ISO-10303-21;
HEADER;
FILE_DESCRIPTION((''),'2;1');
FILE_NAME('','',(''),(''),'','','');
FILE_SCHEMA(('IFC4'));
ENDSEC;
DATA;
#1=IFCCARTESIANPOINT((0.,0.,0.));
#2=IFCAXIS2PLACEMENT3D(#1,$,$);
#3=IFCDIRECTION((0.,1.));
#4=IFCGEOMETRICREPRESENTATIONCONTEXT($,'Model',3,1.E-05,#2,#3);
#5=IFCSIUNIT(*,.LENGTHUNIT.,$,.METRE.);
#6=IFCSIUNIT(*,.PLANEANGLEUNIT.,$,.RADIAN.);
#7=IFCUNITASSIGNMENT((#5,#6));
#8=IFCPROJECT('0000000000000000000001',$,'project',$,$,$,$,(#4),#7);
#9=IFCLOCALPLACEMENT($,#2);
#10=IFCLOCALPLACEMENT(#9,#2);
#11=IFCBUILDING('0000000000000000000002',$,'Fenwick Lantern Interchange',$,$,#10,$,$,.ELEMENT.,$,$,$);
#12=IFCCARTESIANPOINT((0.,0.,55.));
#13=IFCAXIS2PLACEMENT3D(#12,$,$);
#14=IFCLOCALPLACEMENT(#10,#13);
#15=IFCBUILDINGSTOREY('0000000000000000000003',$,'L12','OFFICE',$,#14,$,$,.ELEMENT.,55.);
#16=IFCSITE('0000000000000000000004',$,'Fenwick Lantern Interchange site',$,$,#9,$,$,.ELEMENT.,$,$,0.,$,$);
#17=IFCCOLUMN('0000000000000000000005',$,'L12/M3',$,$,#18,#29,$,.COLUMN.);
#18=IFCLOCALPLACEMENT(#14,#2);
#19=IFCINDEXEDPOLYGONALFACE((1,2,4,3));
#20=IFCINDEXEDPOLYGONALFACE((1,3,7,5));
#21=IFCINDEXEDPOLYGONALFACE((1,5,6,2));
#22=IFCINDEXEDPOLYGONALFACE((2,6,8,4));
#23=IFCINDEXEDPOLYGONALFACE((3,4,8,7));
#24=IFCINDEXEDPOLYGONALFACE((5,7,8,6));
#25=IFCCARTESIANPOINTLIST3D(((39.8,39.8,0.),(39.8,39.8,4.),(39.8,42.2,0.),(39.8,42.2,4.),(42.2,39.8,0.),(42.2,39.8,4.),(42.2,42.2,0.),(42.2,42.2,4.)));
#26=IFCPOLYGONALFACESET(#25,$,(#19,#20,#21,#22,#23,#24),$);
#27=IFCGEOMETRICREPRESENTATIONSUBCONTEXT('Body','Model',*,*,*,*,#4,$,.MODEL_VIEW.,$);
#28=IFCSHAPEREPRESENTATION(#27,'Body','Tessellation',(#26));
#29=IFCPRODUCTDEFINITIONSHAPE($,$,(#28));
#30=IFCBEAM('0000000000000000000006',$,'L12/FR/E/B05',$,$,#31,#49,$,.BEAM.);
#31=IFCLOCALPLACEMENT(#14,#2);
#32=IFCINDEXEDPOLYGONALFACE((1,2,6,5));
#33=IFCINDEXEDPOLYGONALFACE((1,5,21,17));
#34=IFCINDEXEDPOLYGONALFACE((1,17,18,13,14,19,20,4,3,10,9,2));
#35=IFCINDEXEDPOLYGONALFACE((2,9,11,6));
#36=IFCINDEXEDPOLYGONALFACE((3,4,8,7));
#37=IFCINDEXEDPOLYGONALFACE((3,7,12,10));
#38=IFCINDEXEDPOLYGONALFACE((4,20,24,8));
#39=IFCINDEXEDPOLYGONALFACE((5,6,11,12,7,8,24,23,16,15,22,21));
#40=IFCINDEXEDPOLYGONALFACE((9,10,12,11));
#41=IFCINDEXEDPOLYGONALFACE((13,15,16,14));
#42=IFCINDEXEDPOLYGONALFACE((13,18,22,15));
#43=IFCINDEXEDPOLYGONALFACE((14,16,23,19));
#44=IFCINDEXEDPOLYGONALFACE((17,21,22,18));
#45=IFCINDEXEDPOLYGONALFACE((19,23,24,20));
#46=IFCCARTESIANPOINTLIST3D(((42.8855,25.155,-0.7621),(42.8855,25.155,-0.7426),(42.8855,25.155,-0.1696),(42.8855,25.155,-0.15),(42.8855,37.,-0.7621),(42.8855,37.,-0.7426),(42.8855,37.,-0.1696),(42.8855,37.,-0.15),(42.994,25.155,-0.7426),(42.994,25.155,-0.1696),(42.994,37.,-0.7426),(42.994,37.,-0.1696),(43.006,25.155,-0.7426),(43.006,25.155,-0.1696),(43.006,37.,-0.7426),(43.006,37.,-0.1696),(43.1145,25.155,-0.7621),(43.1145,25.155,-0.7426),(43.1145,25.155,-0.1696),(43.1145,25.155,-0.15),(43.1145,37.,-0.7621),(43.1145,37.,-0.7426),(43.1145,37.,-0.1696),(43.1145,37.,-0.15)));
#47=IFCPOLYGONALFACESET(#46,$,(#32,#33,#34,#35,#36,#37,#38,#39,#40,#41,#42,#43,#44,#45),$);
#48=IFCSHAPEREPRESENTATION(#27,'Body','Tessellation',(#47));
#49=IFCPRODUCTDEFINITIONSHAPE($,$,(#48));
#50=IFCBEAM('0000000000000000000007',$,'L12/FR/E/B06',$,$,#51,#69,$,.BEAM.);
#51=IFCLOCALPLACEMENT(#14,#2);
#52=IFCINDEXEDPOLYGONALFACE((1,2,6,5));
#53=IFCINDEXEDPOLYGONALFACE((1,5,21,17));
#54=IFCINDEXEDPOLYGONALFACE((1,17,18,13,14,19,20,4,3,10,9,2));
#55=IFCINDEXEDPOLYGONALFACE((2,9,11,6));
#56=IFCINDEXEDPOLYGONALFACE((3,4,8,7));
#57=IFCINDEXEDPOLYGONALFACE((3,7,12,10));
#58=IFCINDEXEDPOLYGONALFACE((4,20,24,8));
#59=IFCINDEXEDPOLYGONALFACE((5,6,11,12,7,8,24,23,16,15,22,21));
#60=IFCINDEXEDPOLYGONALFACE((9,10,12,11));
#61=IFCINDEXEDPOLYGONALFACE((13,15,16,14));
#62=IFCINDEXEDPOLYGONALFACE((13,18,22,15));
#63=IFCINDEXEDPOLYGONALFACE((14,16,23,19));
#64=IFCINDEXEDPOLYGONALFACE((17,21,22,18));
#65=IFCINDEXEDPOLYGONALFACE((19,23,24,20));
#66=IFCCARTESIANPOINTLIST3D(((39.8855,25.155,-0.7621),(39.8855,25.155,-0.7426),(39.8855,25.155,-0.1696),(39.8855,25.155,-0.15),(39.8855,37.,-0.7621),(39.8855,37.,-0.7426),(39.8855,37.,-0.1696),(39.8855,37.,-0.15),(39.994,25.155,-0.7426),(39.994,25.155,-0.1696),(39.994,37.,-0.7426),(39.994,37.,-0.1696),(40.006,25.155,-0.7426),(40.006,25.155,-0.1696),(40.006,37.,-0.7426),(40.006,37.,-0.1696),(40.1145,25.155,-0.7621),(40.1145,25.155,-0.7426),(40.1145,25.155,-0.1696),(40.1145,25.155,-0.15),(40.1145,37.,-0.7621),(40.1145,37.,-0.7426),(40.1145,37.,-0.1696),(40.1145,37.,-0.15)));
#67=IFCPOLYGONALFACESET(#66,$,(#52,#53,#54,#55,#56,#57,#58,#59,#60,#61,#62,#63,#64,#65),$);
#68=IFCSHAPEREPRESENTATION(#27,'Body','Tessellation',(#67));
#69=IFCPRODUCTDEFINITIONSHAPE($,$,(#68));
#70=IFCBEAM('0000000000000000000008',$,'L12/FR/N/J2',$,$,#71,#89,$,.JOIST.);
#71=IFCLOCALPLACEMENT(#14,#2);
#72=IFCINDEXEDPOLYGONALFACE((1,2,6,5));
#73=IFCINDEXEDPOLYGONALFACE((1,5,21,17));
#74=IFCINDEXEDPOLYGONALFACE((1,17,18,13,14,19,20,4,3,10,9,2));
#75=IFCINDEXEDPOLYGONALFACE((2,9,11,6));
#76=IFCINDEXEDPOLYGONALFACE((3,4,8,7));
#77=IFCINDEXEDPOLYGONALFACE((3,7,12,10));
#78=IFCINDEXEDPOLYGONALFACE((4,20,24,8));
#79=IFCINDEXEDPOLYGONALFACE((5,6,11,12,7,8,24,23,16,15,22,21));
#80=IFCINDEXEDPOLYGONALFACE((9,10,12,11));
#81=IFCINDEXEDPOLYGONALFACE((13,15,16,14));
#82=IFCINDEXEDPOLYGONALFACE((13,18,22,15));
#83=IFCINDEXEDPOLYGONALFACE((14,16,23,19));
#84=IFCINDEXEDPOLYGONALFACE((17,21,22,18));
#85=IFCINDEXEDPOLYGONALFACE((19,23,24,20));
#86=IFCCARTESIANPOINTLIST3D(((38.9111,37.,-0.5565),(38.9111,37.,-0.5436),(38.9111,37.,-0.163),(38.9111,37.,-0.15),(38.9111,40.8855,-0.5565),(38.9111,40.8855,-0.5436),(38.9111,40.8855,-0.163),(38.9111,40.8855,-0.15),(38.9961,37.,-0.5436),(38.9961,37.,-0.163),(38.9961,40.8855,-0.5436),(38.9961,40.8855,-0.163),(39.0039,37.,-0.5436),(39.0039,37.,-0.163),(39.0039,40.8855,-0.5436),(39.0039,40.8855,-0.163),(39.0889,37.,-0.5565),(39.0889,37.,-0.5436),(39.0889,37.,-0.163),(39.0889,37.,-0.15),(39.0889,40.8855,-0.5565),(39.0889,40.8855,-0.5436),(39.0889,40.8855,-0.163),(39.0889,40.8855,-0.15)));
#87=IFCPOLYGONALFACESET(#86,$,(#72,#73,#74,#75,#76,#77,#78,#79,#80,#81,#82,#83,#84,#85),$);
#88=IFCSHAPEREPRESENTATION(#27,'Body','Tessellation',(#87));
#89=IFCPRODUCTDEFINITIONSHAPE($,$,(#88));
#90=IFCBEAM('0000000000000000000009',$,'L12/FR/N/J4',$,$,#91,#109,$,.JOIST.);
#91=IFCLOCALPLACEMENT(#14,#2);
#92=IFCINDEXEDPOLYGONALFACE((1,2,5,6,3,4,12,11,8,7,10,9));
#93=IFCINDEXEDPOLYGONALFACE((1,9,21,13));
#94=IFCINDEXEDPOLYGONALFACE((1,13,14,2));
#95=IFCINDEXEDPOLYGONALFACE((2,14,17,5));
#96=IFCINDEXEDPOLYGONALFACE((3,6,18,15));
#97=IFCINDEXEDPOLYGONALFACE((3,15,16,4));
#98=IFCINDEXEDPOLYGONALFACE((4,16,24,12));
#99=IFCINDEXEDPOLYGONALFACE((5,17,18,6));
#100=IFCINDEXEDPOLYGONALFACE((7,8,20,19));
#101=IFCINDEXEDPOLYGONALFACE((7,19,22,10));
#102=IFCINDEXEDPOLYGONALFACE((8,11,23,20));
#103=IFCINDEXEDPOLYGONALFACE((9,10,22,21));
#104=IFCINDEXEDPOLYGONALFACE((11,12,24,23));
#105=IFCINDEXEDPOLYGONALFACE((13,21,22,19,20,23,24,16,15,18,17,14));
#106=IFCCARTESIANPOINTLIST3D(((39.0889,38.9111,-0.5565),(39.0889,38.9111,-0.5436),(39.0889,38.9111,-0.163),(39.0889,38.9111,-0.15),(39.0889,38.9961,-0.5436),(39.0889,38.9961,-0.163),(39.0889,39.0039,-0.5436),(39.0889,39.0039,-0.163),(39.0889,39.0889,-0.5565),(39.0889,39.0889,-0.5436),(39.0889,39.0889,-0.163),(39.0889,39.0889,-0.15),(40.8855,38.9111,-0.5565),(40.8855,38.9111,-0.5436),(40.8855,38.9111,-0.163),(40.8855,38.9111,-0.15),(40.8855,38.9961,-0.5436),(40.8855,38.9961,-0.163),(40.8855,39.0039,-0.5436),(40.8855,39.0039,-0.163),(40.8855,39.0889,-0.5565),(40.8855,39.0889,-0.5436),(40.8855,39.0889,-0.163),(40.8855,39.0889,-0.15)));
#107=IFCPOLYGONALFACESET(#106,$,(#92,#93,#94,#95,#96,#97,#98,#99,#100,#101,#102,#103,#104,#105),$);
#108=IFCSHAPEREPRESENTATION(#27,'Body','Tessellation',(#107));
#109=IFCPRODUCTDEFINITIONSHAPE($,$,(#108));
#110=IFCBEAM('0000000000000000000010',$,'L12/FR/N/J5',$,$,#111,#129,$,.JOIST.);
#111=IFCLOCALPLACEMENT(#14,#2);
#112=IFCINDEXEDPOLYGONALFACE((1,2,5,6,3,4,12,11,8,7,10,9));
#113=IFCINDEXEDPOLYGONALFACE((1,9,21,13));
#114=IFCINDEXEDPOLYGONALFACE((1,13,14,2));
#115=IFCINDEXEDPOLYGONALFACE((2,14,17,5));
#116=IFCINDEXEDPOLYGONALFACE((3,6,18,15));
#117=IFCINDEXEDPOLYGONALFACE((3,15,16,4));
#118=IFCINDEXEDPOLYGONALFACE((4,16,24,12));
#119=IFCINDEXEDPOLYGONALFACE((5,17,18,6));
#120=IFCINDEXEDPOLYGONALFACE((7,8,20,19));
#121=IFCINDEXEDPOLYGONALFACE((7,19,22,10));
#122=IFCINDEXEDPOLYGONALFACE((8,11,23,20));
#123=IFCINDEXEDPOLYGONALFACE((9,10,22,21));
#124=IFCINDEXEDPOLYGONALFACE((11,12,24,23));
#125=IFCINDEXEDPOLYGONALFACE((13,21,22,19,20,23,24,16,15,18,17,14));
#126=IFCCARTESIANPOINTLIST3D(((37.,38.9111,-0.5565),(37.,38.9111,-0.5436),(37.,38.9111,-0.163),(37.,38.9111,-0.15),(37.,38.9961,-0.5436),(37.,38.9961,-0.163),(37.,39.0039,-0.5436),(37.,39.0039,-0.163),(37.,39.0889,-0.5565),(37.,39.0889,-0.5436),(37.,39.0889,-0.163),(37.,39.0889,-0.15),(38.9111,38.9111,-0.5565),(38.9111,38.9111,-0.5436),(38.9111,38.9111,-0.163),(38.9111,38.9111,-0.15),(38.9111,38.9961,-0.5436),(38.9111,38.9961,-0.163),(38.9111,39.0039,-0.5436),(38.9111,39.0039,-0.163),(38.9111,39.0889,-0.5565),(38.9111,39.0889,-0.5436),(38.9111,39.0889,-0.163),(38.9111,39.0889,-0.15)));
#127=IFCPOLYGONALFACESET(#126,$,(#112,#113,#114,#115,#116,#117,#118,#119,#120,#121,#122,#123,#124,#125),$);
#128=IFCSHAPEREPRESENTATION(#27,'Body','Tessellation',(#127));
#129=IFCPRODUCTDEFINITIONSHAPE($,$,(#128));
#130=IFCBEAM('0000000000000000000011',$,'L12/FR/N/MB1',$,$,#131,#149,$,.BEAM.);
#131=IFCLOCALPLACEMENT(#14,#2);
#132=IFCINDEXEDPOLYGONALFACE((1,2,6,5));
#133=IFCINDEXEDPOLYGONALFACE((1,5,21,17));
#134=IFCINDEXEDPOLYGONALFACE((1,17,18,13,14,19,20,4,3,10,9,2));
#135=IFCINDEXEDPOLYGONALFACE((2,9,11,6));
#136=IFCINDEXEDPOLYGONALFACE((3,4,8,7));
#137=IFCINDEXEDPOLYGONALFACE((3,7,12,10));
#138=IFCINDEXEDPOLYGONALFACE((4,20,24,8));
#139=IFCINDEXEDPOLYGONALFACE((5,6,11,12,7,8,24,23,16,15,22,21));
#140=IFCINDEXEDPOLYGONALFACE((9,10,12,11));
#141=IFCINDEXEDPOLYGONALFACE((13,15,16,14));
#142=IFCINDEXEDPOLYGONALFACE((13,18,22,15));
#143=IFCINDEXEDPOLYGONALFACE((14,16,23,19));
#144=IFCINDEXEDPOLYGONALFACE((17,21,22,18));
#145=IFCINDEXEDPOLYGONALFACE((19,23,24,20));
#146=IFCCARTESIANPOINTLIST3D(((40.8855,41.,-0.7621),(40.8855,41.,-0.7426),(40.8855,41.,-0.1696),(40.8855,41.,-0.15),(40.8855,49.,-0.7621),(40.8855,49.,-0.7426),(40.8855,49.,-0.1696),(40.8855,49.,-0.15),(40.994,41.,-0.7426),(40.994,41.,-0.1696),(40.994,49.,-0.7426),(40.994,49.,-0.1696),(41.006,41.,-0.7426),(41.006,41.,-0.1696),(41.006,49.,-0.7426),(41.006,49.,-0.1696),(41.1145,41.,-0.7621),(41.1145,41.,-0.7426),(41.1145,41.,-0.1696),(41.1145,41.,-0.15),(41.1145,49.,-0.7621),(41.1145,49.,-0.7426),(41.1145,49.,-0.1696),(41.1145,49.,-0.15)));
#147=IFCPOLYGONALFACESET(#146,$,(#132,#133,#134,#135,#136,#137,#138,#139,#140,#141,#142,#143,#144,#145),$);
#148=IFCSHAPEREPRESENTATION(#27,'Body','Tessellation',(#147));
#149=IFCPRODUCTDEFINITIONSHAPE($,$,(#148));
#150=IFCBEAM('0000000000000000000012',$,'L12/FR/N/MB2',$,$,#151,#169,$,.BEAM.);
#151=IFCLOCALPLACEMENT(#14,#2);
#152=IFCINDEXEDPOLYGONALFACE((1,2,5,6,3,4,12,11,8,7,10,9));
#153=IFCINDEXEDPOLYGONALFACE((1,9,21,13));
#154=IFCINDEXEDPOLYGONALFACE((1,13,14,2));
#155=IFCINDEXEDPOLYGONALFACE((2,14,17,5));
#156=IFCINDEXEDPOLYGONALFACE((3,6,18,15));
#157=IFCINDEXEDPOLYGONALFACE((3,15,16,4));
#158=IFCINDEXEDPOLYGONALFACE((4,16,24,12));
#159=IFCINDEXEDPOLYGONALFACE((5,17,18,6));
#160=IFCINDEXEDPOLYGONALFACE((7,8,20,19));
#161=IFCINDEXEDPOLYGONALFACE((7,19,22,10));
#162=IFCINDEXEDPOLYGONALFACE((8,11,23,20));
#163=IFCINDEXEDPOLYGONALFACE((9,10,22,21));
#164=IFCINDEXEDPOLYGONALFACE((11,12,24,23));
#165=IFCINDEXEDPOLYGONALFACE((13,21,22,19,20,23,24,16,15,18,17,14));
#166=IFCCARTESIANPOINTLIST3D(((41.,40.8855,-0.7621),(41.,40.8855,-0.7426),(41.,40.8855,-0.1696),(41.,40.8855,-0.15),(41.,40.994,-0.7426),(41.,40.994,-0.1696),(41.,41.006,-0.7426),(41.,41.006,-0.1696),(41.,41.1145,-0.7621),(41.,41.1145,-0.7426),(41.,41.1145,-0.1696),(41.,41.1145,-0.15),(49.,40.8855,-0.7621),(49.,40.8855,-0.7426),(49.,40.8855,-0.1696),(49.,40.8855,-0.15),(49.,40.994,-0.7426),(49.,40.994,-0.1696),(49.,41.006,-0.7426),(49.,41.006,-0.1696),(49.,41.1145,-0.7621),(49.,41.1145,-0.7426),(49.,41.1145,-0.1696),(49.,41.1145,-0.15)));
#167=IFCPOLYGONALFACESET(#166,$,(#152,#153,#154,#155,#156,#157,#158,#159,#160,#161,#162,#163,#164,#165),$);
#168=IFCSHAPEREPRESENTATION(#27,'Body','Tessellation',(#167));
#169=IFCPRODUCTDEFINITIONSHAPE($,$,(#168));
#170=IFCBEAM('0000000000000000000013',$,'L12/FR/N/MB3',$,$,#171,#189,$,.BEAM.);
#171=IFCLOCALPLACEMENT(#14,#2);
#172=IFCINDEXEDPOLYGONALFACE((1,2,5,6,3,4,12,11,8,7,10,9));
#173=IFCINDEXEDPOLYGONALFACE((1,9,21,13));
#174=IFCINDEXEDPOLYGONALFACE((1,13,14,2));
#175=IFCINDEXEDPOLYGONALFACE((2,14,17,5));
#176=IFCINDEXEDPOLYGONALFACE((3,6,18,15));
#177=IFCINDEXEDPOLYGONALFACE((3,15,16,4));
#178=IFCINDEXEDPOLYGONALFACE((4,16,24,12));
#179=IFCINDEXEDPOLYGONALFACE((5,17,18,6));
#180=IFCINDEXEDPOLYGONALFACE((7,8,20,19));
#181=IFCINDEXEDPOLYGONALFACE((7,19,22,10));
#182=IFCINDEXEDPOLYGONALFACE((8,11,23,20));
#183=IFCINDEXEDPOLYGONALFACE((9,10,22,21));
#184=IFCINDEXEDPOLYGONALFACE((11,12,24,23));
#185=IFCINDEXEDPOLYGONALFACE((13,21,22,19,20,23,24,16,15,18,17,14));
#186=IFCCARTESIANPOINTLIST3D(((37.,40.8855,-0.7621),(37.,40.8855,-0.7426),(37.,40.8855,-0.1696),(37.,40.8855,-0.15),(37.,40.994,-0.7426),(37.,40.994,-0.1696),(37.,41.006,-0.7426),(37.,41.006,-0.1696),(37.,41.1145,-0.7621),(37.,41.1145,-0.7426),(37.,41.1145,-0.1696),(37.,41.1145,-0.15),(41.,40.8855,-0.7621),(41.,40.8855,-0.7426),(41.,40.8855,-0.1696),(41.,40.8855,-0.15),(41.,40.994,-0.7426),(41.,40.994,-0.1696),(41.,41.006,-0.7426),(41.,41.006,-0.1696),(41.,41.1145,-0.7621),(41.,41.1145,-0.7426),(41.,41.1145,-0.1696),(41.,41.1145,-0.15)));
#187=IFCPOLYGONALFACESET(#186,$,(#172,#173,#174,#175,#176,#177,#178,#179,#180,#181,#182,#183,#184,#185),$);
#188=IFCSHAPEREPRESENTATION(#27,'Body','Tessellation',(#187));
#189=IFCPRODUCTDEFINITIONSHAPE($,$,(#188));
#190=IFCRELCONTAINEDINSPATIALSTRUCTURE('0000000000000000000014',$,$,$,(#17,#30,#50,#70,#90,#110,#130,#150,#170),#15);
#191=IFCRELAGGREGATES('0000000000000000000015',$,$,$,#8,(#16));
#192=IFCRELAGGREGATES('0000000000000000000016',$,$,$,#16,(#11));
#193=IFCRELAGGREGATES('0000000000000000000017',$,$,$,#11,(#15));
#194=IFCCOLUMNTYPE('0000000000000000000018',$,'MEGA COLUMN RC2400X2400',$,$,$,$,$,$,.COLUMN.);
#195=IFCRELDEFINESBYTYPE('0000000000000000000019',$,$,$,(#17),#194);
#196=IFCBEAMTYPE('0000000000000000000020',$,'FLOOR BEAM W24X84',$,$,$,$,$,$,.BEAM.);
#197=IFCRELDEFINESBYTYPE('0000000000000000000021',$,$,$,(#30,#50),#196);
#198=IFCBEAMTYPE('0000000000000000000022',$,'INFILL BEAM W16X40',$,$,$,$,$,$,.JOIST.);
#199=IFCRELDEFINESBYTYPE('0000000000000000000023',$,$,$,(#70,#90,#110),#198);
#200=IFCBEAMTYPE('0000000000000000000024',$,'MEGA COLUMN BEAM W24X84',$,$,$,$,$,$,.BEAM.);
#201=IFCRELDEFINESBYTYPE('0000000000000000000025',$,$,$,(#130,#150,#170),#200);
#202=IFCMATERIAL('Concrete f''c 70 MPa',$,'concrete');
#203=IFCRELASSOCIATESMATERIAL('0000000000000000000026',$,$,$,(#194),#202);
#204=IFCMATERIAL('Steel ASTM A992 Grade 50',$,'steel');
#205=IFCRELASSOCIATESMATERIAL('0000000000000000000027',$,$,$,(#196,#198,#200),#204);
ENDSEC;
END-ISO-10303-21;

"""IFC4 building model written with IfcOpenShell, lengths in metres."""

from ifc_helpers import new_model, si_unit, direction, frame, origin, origin_2d, place, context, subcontext, project, spatial, rectangle, i_section, extrude, material, material_profile, profile_set, type_object, element, save


model = new_model("IFC4")

# Units and contexts
model_context = context("Model", 3, precision=1e-05, world=origin(), true_north=direction((0.0, 1.0)))
body_context = subcontext(model_context, "Body", "Model", "MODEL_VIEW")
ifc_project = project(units=[si_unit("LENGTHUNIT", "METRE"), si_unit("PLANEANGLEUNIT", "RADIAN")], contexts=[model_context])

# Site, building, storey
site_placement = place(None, origin())
site = spatial("IfcSite", under=ifc_project, at=site_placement, Name="Fenwick Lantern Interchange site", CompositionType="ELEMENT", RefElevation=0.0)
building_placement = place(site_placement, origin())
building = spatial("IfcBuilding", under=site, at=building_placement, Name="Fenwick Lantern Interchange", CompositionType="ELEMENT")
storey_placement = place(building_placement, frame((0.0, 0.0, 55.0)))
storey = spatial("IfcBuildingStorey", under=building, at=storey_placement, Name="L12", Description="OFFICE", CompositionType="ELEMENT", Elevation=55.0)

# Column
ifc_material_1 = material(Name="Concrete f'c 70 MPa", Category="concrete")
ifc_material_profile_1 = material_profile(ifc_material_1, rectangle(XDim=2.3999, YDim=2.3999, at=origin_2d()), Name="RC2400X2400")
ifc_profile_set_1 = profile_set([ifc_material_profile_1], Name="Concrete f'c 70 MPa")
column_type = type_object("IfcColumnType", Name="MEGA COLUMN RC2400X2400", PredefinedType="COLUMN", material=ifc_profile_set_1)
column_placement = place(storey_placement, frame((41.0, 41.0, 0.0), z_axis=(0.0, 0.0, 1.0), x_axis=(1.0, 0.0, 0.0)))
element("IfcColumn", 1, at=column_placement, inside=storey, type_object=column_type, Name="L12/M3", PredefinedType="COLUMN", context=body_context, shape_type="SweptSolid", body=[
    extrude(rectangle(XDim=2.3999, YDim=2.3999, at=origin_2d()), origin(), (0.0, 0.0, 1.0), 4.0),
])

# Beams
ifc_material_2 = material(Name="Steel ASTM A992 Grade 50", Category="steel")
ifc_material_profile_2 = material_profile(ifc_material_2, i_section(OverallWidth=0.229, OverallDepth=0.6121, WebThickness=0.012, FlangeThickness=0.0195, at=origin_2d()), Name="W24X84")
ifc_profile_set_2 = profile_set([ifc_material_profile_2], Name="Steel ASTM A992 Grade 50")
beam_type_1 = type_object("IfcBeamType", Name="FLOOR BEAM W24X84", PredefinedType="BEAM", material=ifc_profile_set_2)
for number, where, z_axis, x_axis, name in (
    (2, (43.0, 25.155, -0.4561), (0.0, 1.0, 0.0), (-1.0, 0.0, 0.0), "L12/FR/E/B05"),
    (3, (40.0, 25.155, -0.4561), (0.0, 1.0, 0.0), (-1.0, 0.0, 0.0), "L12/FR/E/B06"),
):
    element("IfcBeam", number, at=place(storey_placement, frame(where, z_axis=z_axis, x_axis=x_axis)), inside=storey, type_object=beam_type_1, Name=name, PredefinedType="BEAM", context=body_context, shape_type="SweptSolid", body=[
        extrude(i_section(OverallWidth=0.229, OverallDepth=0.6121, WebThickness=0.012, FlangeThickness=0.0195, at=origin_2d()), origin(), (0.0, 0.0, 1.0), 11.845),
    ])
ifc_material_profile_3 = material_profile(ifc_material_2, i_section(OverallWidth=0.1777, OverallDepth=0.4065, WebThickness=0.0078, FlangeThickness=0.0129, at=origin_2d()), Name="W16X40")
ifc_profile_set_3 = profile_set([ifc_material_profile_3], Name="Steel ASTM A992 Grade 50")
beam_type_2 = type_object("IfcBeamType", Name="INFILL BEAM W16X40", PredefinedType="JOIST", material=ifc_profile_set_3)
beam_1_placement = place(storey_placement, frame((39.0, 40.8855, -0.3533), z_axis=(0.0, -1.0, 0.0), x_axis=(1.0, 0.0, 0.0)))
element("IfcBeam", 4, at=beam_1_placement, inside=storey, type_object=beam_type_2, Name="L12/FR/N/J2", PredefinedType="JOIST", context=body_context, shape_type="SweptSolid", body=[
    extrude(i_section(OverallWidth=0.1777, OverallDepth=0.4065, WebThickness=0.0078, FlangeThickness=0.0129, at=origin_2d()), origin(), (0.0, 0.0, 1.0), 3.8855),
])
beam_2_placement = place(storey_placement, frame((40.8855, 39.0, -0.3533), z_axis=(-1.0, 0.0, 0.0), x_axis=(0.0, -1.0, 0.0)))
element("IfcBeam", 5, at=beam_2_placement, inside=storey, type_object=beam_type_2, Name="L12/FR/N/J4", PredefinedType="JOIST", context=body_context, shape_type="SweptSolid", body=[
    extrude(i_section(OverallWidth=0.1777, OverallDepth=0.4065, WebThickness=0.0078, FlangeThickness=0.0129, at=origin_2d()), origin(), (0.0, 0.0, 1.0), 1.7966),
])
beam_3_placement = place(storey_placement, frame((38.9111, 39.0, -0.3533), z_axis=(-1.0, 0.0, 0.0), x_axis=(0.0, -1.0, 0.0)))
element("IfcBeam", 6, at=beam_3_placement, inside=storey, type_object=beam_type_2, Name="L12/FR/N/J5", PredefinedType="JOIST", context=body_context, shape_type="SweptSolid", body=[
    extrude(i_section(OverallWidth=0.1777, OverallDepth=0.4065, WebThickness=0.0078, FlangeThickness=0.0129, at=origin_2d()), origin(), (0.0, 0.0, 1.0), 1.9111),
])
ifc_material_profile_4 = material_profile(ifc_material_2, i_section(OverallWidth=0.229, OverallDepth=0.6121, WebThickness=0.012, FlangeThickness=0.0195, at=origin_2d()), Name="W24X84")
ifc_profile_set_4 = profile_set([ifc_material_profile_4], Name="Steel ASTM A992 Grade 50")
beam_type_3 = type_object("IfcBeamType", Name="MEGA COLUMN BEAM W24X84", PredefinedType="BEAM", material=ifc_profile_set_4)
for number, where, z_axis, x_axis, name in (
    (7, (41.0, 41.0, -0.4561), (0.0, 1.0, 0.0), (-1.0, 0.0, 0.0), "L12/FR/N/MB1"),
    (8, (41.0, 41.0, -0.4561), (1.0, 0.0, 0.0), (0.0, 1.0, 0.0), "L12/FR/N/MB2"),
):
    element("IfcBeam", number, at=place(storey_placement, frame(where, z_axis=z_axis, x_axis=x_axis)), inside=storey, type_object=beam_type_3, Name=name, PredefinedType="BEAM", context=body_context, shape_type="SweptSolid", body=[
        extrude(i_section(OverallWidth=0.229, OverallDepth=0.6121, WebThickness=0.012, FlangeThickness=0.0195, at=origin_2d()), origin(), (0.0, 0.0, 1.0), 8.0),
    ])
beam_4_placement = place(storey_placement, frame((41.0, 41.0, -0.4561), z_axis=(-1.0, 0.0, 0.0), x_axis=(0.0, -1.0, 0.0)))
element("IfcBeam", 9, at=beam_4_placement, inside=storey, type_object=beam_type_3, Name="L12/FR/N/MB3", PredefinedType="BEAM", context=body_context, shape_type="SweptSolid", body=[
    extrude(i_section(OverallWidth=0.229, OverallDepth=0.6121, WebThickness=0.012, FlangeThickness=0.0195, at=origin_2d()), origin(), (0.0, 0.0, 1.0), 4.0),
])

save(model, "model.ifc")
